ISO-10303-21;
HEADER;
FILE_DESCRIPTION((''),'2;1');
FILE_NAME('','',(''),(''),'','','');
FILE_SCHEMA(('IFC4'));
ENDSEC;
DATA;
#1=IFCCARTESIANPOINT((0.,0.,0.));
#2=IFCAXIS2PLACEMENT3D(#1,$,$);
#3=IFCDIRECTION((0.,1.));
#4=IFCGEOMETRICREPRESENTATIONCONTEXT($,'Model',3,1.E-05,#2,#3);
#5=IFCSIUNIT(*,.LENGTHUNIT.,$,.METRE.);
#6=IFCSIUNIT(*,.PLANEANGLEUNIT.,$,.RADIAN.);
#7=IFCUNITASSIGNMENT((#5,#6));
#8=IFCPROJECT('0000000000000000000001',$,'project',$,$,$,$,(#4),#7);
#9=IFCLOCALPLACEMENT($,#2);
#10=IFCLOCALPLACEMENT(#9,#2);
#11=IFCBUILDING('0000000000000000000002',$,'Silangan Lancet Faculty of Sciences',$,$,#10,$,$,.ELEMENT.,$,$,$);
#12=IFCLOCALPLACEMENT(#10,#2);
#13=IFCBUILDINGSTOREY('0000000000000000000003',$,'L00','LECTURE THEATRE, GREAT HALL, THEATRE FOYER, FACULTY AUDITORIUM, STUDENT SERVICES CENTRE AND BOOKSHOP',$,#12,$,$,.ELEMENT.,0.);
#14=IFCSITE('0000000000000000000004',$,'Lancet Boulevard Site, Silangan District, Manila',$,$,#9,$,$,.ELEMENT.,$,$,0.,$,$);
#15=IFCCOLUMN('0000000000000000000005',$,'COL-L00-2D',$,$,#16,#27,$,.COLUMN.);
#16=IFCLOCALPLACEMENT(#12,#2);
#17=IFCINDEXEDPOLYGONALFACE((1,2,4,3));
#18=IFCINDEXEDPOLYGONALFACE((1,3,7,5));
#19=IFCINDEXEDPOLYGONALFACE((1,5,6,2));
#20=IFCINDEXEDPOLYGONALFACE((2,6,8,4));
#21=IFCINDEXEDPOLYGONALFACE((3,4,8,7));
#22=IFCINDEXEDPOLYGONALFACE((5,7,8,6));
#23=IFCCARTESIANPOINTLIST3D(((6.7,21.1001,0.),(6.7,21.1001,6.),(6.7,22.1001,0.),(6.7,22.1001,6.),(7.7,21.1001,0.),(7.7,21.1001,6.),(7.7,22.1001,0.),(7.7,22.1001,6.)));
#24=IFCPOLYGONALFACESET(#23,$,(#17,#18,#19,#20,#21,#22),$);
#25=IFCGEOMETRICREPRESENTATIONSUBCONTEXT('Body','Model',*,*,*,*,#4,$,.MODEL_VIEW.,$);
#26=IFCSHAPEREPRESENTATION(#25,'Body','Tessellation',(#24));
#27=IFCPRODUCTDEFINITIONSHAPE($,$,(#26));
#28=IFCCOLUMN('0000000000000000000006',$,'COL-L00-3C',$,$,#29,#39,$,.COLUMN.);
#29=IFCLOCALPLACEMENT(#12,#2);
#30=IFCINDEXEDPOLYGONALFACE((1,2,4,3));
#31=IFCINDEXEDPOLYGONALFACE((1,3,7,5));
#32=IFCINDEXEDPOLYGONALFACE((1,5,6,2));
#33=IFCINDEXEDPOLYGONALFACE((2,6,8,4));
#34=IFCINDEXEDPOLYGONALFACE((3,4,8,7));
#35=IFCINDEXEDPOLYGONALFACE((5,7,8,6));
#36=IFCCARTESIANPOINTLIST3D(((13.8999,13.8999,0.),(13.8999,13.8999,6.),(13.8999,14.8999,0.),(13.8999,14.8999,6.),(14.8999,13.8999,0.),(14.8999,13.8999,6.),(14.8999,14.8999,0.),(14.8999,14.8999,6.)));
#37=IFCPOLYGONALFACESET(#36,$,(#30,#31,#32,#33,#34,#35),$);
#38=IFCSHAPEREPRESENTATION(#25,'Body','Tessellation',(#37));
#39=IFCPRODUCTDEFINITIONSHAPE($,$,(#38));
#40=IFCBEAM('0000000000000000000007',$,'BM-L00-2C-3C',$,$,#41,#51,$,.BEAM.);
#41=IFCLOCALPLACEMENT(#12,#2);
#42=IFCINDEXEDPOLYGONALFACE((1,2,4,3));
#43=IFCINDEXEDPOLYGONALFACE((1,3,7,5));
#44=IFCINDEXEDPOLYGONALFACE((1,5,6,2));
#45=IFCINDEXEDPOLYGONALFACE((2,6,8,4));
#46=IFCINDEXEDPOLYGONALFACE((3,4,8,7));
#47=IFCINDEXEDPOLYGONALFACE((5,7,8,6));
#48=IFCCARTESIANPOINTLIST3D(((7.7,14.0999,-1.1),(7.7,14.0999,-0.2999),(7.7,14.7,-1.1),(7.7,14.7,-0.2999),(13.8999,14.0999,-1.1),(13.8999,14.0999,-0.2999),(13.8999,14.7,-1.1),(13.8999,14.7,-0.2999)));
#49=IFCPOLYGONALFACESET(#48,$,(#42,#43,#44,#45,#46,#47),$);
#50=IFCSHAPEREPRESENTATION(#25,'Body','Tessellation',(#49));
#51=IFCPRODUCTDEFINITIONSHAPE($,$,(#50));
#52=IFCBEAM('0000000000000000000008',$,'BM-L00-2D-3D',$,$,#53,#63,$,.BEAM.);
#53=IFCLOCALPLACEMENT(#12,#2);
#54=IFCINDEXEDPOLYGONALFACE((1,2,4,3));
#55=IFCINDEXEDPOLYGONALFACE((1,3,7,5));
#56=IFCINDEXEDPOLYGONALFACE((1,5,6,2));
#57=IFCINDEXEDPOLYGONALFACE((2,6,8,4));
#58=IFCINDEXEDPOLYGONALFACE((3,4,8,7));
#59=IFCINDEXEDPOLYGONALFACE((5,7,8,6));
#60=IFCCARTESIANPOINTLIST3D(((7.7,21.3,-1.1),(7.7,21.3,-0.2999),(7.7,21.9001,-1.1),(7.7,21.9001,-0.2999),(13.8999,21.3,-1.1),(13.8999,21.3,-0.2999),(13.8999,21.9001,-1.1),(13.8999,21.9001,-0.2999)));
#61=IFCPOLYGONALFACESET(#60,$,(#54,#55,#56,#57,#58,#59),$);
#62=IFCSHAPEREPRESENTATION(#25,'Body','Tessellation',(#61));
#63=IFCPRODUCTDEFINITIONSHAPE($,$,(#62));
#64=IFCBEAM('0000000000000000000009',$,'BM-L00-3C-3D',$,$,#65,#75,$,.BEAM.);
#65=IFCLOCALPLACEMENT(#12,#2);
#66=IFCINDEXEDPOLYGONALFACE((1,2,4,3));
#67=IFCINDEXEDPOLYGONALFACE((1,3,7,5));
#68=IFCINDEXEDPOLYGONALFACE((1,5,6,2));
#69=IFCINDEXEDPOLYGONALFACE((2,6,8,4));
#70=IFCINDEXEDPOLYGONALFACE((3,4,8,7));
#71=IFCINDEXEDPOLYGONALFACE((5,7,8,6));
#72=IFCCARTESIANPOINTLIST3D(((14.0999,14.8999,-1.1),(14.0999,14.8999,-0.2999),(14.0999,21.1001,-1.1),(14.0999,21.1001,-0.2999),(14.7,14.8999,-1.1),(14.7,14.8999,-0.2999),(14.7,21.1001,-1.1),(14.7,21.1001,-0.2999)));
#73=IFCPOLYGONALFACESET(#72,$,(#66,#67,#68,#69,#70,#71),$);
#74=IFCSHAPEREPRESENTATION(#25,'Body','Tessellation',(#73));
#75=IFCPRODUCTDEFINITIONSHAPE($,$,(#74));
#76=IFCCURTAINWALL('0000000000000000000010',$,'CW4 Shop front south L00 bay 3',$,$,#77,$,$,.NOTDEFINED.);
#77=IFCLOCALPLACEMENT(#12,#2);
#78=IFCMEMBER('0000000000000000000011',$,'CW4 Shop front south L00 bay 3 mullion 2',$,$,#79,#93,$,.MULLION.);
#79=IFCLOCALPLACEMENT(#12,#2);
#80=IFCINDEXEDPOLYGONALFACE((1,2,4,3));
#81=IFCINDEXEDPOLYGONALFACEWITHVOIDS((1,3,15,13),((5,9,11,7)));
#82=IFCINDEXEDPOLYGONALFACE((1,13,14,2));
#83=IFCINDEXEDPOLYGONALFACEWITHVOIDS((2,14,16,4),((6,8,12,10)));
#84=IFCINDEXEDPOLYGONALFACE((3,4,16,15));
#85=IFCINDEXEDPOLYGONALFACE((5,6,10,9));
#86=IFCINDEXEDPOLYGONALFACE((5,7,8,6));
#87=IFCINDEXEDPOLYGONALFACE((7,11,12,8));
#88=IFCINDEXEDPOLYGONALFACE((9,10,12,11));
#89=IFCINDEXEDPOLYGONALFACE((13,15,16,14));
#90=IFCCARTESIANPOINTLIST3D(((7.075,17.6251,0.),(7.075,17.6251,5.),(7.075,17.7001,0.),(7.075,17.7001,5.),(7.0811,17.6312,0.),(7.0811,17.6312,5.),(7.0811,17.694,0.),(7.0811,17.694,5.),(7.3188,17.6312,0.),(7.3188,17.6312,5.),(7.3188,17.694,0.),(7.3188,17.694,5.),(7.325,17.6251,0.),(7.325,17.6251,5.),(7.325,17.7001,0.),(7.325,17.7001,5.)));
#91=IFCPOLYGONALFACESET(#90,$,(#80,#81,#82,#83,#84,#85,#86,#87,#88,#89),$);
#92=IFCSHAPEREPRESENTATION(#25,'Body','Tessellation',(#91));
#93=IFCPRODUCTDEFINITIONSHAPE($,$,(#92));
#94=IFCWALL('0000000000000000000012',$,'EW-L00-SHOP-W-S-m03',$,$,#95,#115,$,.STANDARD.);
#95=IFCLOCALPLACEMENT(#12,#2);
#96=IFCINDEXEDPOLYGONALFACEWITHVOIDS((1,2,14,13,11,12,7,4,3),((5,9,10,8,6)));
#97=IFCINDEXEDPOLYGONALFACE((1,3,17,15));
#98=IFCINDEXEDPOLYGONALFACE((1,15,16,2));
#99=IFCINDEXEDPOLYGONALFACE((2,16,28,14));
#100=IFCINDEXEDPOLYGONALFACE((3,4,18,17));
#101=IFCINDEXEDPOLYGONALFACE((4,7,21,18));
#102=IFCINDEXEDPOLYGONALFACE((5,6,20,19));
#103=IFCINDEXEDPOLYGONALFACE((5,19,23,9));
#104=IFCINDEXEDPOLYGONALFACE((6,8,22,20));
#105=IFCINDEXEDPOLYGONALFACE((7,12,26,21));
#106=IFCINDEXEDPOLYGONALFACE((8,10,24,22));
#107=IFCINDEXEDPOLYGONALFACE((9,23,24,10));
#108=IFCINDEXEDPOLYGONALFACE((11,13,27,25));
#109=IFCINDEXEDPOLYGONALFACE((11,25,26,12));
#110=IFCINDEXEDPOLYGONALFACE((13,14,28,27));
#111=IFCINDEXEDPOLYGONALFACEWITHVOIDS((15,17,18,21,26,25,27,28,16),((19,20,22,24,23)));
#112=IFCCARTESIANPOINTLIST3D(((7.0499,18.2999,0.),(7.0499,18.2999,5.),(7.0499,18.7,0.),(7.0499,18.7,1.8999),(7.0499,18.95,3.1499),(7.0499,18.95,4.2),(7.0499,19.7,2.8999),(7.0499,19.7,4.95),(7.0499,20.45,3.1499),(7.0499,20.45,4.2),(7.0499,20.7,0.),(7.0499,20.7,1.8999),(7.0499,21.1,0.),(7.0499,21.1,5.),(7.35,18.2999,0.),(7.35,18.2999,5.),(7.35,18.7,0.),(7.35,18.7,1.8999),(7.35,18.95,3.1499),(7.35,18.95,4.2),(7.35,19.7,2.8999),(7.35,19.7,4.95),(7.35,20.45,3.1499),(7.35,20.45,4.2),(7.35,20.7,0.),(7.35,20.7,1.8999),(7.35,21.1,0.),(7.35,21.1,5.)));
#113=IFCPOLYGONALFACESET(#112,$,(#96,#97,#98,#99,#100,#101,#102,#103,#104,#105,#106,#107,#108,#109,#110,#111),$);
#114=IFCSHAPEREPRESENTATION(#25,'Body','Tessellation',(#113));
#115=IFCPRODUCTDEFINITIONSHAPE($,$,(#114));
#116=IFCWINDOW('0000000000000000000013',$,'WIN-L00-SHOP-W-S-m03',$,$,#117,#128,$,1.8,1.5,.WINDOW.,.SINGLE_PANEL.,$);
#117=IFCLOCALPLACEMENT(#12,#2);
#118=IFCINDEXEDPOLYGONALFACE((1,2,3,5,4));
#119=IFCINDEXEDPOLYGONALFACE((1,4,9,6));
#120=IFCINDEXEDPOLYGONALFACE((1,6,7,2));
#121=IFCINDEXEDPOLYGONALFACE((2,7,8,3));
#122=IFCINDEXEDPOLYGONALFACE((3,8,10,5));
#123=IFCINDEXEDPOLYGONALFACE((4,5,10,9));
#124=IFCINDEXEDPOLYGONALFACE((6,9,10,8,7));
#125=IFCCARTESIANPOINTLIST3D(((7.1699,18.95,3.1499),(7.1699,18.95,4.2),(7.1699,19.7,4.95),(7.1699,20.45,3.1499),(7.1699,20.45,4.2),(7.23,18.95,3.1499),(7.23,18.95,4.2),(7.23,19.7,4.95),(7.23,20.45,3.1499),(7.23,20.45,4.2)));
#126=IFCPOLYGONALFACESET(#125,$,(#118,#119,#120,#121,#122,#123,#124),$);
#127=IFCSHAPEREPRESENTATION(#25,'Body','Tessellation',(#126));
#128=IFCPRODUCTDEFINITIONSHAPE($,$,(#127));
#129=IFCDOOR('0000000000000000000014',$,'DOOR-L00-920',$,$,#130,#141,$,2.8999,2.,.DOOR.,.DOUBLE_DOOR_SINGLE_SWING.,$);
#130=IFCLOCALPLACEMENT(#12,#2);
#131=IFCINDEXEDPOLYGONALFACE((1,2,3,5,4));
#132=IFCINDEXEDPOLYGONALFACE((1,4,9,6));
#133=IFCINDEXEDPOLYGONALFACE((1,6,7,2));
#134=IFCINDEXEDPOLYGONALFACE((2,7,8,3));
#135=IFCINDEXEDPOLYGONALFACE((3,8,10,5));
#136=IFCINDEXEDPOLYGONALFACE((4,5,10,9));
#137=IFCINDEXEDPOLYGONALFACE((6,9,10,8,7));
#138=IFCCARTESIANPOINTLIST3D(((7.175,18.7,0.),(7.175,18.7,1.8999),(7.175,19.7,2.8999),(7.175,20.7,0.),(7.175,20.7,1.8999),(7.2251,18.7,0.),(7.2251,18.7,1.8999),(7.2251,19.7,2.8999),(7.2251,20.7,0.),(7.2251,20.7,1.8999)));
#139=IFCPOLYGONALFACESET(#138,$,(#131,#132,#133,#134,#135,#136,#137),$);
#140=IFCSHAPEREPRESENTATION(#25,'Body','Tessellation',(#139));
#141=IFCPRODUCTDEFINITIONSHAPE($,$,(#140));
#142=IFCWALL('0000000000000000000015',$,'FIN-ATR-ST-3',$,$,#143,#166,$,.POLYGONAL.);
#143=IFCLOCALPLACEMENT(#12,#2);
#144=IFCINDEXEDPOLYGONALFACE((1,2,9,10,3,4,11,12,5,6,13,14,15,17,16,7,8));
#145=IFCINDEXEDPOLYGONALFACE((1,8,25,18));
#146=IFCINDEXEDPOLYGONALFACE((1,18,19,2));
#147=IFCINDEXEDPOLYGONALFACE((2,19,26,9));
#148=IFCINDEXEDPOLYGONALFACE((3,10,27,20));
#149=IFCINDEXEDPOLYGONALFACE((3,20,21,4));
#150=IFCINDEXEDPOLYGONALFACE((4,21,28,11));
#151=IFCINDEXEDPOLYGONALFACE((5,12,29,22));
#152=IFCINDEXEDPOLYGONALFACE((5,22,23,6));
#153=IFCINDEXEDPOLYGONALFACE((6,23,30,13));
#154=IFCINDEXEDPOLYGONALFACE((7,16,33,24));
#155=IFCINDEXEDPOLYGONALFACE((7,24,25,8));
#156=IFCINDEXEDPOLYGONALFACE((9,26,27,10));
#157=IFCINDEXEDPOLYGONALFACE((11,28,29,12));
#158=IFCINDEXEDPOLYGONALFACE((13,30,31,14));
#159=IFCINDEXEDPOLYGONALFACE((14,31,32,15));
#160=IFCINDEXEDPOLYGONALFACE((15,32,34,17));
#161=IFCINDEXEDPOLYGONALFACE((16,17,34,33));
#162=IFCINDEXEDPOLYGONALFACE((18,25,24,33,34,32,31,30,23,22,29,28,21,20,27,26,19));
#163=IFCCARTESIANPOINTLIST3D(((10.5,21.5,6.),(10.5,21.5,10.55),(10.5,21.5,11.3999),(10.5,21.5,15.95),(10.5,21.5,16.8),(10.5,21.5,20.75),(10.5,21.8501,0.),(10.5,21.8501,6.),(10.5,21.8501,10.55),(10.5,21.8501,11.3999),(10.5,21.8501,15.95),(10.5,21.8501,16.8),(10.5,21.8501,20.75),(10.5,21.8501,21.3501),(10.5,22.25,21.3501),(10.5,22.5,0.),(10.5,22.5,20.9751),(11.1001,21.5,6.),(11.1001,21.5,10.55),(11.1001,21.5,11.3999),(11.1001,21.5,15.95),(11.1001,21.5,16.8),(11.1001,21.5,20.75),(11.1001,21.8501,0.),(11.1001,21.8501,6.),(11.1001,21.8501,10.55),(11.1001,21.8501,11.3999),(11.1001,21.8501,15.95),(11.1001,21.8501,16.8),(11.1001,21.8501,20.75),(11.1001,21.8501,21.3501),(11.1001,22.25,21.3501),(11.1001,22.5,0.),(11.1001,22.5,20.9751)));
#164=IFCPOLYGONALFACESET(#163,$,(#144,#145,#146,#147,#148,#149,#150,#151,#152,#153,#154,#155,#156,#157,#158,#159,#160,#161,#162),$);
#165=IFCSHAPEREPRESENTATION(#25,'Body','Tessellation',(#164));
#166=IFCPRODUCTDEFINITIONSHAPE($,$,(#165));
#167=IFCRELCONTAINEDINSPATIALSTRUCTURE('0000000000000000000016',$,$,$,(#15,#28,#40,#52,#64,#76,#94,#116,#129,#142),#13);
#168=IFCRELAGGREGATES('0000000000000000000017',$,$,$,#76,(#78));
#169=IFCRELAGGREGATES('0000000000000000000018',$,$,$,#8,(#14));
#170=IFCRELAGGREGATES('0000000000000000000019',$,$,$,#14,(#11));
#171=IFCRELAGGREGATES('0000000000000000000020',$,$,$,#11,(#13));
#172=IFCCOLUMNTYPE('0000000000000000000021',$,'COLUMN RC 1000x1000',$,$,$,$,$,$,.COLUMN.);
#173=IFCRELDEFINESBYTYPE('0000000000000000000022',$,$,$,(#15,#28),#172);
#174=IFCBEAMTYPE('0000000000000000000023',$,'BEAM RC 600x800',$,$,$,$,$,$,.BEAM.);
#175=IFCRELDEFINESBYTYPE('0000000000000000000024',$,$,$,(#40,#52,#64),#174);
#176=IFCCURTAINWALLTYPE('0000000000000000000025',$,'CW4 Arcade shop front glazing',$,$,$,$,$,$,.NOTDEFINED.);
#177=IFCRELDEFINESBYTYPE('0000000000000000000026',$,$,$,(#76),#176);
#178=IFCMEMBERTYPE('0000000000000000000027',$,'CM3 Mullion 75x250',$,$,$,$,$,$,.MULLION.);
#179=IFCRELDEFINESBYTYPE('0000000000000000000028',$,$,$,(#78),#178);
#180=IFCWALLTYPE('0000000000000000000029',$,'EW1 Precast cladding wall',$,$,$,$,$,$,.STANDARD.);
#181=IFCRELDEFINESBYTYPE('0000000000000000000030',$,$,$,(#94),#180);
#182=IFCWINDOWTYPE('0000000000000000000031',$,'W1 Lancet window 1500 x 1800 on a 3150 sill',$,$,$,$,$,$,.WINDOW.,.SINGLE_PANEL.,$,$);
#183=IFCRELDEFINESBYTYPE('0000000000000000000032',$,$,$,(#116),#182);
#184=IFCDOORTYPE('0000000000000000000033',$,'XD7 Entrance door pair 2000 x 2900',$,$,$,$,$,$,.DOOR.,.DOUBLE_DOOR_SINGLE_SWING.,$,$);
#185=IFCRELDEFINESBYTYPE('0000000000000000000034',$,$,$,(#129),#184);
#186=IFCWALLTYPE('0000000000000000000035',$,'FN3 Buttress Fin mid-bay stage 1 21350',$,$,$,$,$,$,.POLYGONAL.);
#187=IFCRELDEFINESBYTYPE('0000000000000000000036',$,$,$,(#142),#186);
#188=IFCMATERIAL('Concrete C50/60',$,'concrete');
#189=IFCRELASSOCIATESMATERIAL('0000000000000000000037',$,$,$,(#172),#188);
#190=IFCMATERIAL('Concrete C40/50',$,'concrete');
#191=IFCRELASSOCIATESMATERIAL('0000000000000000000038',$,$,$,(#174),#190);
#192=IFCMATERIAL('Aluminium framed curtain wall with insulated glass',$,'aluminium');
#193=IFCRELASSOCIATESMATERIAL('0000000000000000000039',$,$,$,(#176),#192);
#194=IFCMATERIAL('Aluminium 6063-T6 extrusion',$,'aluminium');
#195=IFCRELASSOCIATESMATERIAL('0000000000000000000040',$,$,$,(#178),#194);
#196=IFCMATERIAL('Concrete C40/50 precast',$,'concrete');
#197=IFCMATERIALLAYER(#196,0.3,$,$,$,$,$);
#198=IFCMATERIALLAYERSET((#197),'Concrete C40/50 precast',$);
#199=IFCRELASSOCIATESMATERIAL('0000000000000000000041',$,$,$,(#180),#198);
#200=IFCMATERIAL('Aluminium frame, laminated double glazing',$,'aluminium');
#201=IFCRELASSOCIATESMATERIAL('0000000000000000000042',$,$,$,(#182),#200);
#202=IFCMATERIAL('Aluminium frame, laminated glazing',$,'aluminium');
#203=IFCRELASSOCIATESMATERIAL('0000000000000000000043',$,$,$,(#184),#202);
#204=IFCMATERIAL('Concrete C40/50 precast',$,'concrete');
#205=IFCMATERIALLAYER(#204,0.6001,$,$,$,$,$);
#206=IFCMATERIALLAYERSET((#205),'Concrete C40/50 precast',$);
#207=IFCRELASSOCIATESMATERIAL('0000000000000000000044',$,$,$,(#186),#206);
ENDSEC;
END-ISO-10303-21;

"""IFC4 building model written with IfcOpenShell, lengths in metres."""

from ifc_helpers import new_model, si_unit, direction, frame, frame_2d, origin, origin_2d, place, context, subcontext, project, spatial, polyline, rectangle, hollow_rectangle, outline, extrude, material, layer, layer_set, material_profile, profile_set, type_object, element, fill, aggregate, save


model = new_model("IFC4")

# Units and contexts
model_context = context("Model", 3, precision=1e-05, world=origin(), true_north=direction((0.0, 1.0)))
body_context = subcontext(model_context, "Body", "Model", "MODEL_VIEW")
ifc_project = project(units=[si_unit("LENGTHUNIT", "METRE"), si_unit("PLANEANGLEUNIT", "RADIAN")], contexts=[model_context])

# Site, building, storey
site_placement = place(None, origin())
site = spatial("IfcSite", under=ifc_project, at=site_placement, Name="Lancet Boulevard Site, Silangan District, Manila", CompositionType="ELEMENT", RefElevation=0.0)
building_placement = place(site_placement, origin())
building = spatial("IfcBuilding", under=site, at=building_placement, Name="Silangan Lancet Faculty of Sciences", CompositionType="ELEMENT")
storey_placement = place(building_placement, origin())
storey = spatial("IfcBuildingStorey", under=building, at=storey_placement, Name="L00", Description="LECTURE THEATRE, GREAT HALL, THEATRE FOYER, FACULTY AUDITORIUM, STUDENT SERVICES CENTRE AND BOOKSHOP", CompositionType="ELEMENT", Elevation=0.0)

# Columns
ifc_material_1 = material(Name="Concrete C50/60", Category="concrete")
ifc_material_profile_1 = material_profile(ifc_material_1, rectangle(XDim=1.0, YDim=1.0, at=origin_2d()), Name="RC 1000x1000")
ifc_profile_set_1 = profile_set([ifc_material_profile_1], Name="Concrete C50/60")
column_type = type_object("IfcColumnType", Name="COLUMN RC 1000x1000", PredefinedType="COLUMN", material=ifc_profile_set_1)
for number, where, z_axis, x_axis, name in (
    (1, (7.2, 21.6001, 0.0), (0.0, 0.0, 1.0), (1.0, 0.0, 0.0), "COL-L00-2D"),
    (2, (14.3999, 14.3999, 0.0), (0.0, 0.0, 1.0), (1.0, 0.0, 0.0), "COL-L00-3C"),
):
    element("IfcColumn", number, at=place(storey_placement, frame(where, z_axis=z_axis, x_axis=x_axis)), inside=storey, type_object=column_type, Name=name, PredefinedType="COLUMN", context=body_context, shape_type="SweptSolid", body=[
        extrude(rectangle(XDim=1.0, YDim=1.0, at=origin_2d()), origin(), (0.0, 0.0, 1.0), 6.0),
    ])

# Beams
ifc_material_2 = material(Name="Concrete C40/50", Category="concrete")
ifc_material_profile_2 = material_profile(ifc_material_2, rectangle(XDim=0.6001, YDim=0.8, at=origin_2d()), Name="RC 600x800")
ifc_profile_set_2 = profile_set([ifc_material_profile_2], Name="Concrete C40/50")
beam_type = type_object("IfcBeamType", Name="BEAM RC 600x800", PredefinedType="BEAM", material=ifc_profile_set_2)
for number, where, z_axis, x_axis, name in (
    (3, (7.7, 14.3999, -0.7), (1.0, 0.0, 0.0), (0.0, 1.0, 0.0), "BM-L00-2C-3C"),
    (4, (7.7, 21.6001, -0.7), (1.0, 0.0, 0.0), (0.0, 1.0, 0.0), "BM-L00-2D-3D"),
):
    element("IfcBeam", number, at=place(storey_placement, frame(where, z_axis=z_axis, x_axis=x_axis)), inside=storey, type_object=beam_type, Name=name, PredefinedType="BEAM", context=body_context, shape_type="SweptSolid", body=[
        extrude(rectangle(XDim=0.6001, YDim=0.8, at=origin_2d()), origin(), (0.0, 0.0, 1.0), 6.2),
    ])
beam_placement = place(storey_placement, frame((14.3999, 14.8999, -0.7), z_axis=(0.0, 1.0, 0.0), x_axis=(-1.0, 0.0, 0.0)))
element("IfcBeam", 5, at=beam_placement, inside=storey, type_object=beam_type, Name="BM-L00-3C-3D", PredefinedType="BEAM", context=body_context, shape_type="SweptSolid", body=[
    extrude(rectangle(XDim=0.6001, YDim=0.8, at=origin_2d()), origin(), (0.0, 0.0, 1.0), 6.2002),
])

# Curtain wall, member
ifc_material_3 = material(Name="Aluminium framed curtain wall with insulated glass", Category="aluminium")
curtain_wall_type = type_object("IfcCurtainWallType", Name="CW4 Arcade shop front glazing", PredefinedType="NOTDEFINED", material=ifc_material_3)
curtain_wall_placement = place(storey_placement, origin())
curtain_wall = element("IfcCurtainWall", 6, at=curtain_wall_placement, inside=storey, type_object=curtain_wall_type, Name="CW4 Shop front south L00 bay 3", PredefinedType="NOTDEFINED")
ifc_material_4 = material(Name="Aluminium 6063-T6 extrusion", Category="aluminium")
ifc_material_profile_3 = material_profile(ifc_material_4, hollow_rectangle(XDim=0.075, YDim=0.25, WallThickness=0.0061, at=origin_2d()), Name="AL BOX 75x250x6")
ifc_profile_set_3 = profile_set([ifc_material_profile_3], Name="Aluminium 6063-T6 extrusion")
member_type = type_object("IfcMemberType", Name="CM3 Mullion 75x250", PredefinedType="MULLION", material=ifc_profile_set_3)
member_placement = place(storey_placement, frame((7.2, 17.6626, 0.0), z_axis=(0.0, 0.0, 1.0), x_axis=(0.0, 1.0, 0.0)))
member = element("IfcMember", 7, at=member_placement, type_object=member_type, Name="CW4 Shop front south L00 bay 3 mullion 2", PredefinedType="MULLION", context=body_context, shape_type="SweptSolid", body=[
    extrude(hollow_rectangle(XDim=0.075, YDim=0.25, WallThickness=0.0061, at=origin_2d()), origin(), (0.0, 0.0, 1.0), 5.0),
])
aggregate(curtain_wall, [member])

# Wall, openings, window, door
ifc_material_5 = material(Name="Concrete C40/50 precast", Category="concrete")
ifc_layer_1 = layer(ifc_material_5, 0.3)
ifc_layer_set_1 = layer_set([ifc_layer_1], Name="Concrete C40/50 precast")
wall_type_1 = type_object("IfcWallType", Name="EW1 Precast cladding wall", PredefinedType="STANDARD", material=ifc_layer_set_1)
wall_1_placement = place(storey_placement, frame((7.2, 18.3, 0.0), z_axis=(0.0, 0.0, 1.0), x_axis=(0.0, 1.0, 0.0)))
wall_1 = element("IfcWall", 8, at=wall_1_placement, inside=storey, type_object=wall_type_1, Name="EW-L00-SHOP-W-S-m03", PredefinedType="STANDARD", context=body_context, shape_type="SweptSolid", body=[
    extrude(rectangle(XDim=2.8, YDim=0.3, at=frame_2d((1.3999, 0.0))), origin(), (0.0, 0.0, 1.0), 5.0),
])
opening_1_placement = place(wall_1_placement, frame((0.3999, 0.0, 0.0)))
opening_1 = element("IfcOpeningElement", 9, at=opening_1_placement, cuts=wall_1, PredefinedType="OPENING", context=body_context, shape_type="SweptSolid", body=[
    extrude(outline(polyline([(0.0, 0.0), (2.0, 0.0), (2.0, 1.8999), (1.0, 2.8999), (0.0, 1.8999), (0.0, 0.0)])), frame((0.0, 0.1599, 0.0), z_axis=(0.0, -1.0, 0.0), x_axis=(1.0, 0.0, 0.0)), (0.0, 0.0, 1.0), 0.3201),
])
opening_2_placement = place(wall_1_placement, frame((0.6499, 0.0, 3.1499)))
opening_2 = element("IfcOpeningElement", 10, at=opening_2_placement, cuts=wall_1, PredefinedType="OPENING", context=body_context, shape_type="SweptSolid", body=[
    extrude(outline(polyline([(0.0, 0.0), (1.5, 0.0), (1.5, 1.05), (0.75, 1.8), (0.0, 1.05), (0.0, 0.0)])), frame((0.0, 0.1599, 0.0), z_axis=(0.0, -1.0, 0.0), x_axis=(1.0, 0.0, 0.0)), (0.0, 0.0, 1.0), 0.3201),
])
ifc_material_6 = material(Name="Aluminium frame, laminated double glazing", Category="aluminium")
window_type = type_object("IfcWindowType", Name="W1 Lancet window 1500 x 1800 on a 3150 sill", PartitioningType="SINGLE_PANEL", PredefinedType="WINDOW", material=ifc_material_6)
window_placement = place(opening_2_placement, origin())
window = element("IfcWindow", 11, at=window_placement, inside=storey, type_object=window_type, Name="WIN-L00-SHOP-W-S-m03", OverallHeight=1.8, OverallWidth=1.5, PartitioningType="SINGLE_PANEL", PredefinedType="WINDOW", context=body_context, shape_type="SweptSolid", body=[
    extrude(outline(polyline([(0.0, 0.0), (1.5, 0.0), (1.5, 1.05), (0.75, 1.8), (0.0, 1.05), (0.0, 0.0)])), frame((0.0, 0.03, 0.0), z_axis=(0.0, -1.0, 0.0), x_axis=(1.0, 0.0, 0.0)), (0.0, 0.0, 1.0), 0.0601),
])
fill(opening_2, window)
ifc_material_7 = material(Name="Aluminium frame, laminated glazing", Category="aluminium")
door_type_1 = type_object("IfcDoorType", Name="XD7 Entrance door pair 2000 x 2900", OperationType="DOUBLE_DOOR_SINGLE_SWING", PredefinedType="DOOR", material=ifc_material_7)
door_1_placement = place(opening_1_placement, origin())
door_1 = element("IfcDoor", 12, at=door_1_placement, inside=storey, type_object=door_type_1, Name="DOOR-L00-920", OperationType="DOUBLE_DOOR_SINGLE_SWING", OverallHeight=2.8999, OverallWidth=2.0, PredefinedType="DOOR", context=body_context, shape_type="SweptSolid", body=[
    extrude(outline(polyline([(0.0, 0.0), (2.0, 0.0), (2.0, 1.8999), (1.0, 2.8999), (0.0, 1.8999), (0.0, 0.0)])), frame((0.0, 0.0249, 0.0), z_axis=(0.0, -1.0, 0.0), x_axis=(1.0, 0.0, 0.0)), (0.0, 0.0, 1.0), 0.05),
])
fill(opening_1, door_1)

# Wall
ifc_material_8 = material(Name="Concrete C40/50 precast", Category="concrete")
ifc_layer_2 = layer(ifc_material_8, 0.6001)
ifc_layer_set_2 = layer_set([ifc_layer_2], Name="Concrete C40/50 precast")
wall_type_2 = type_object("IfcWallType", Name="FN3 Buttress Fin mid-bay stage 1 21350", PredefinedType="POLYGONAL", material=ifc_layer_set_2)
wall_2_placement = place(storey_placement, frame((10.8, 21.5, 0.0), z_axis=(0.0, 0.0, 1.0), x_axis=(0.0, 1.0, 0.0)))
element("IfcWall", 13, at=wall_2_placement, inside=storey, type_object=wall_type_2, Name="FIN-ATR-ST-3", PredefinedType="POLYGONAL", context=body_context, shape_type="SweptSolid", body=[
    extrude(outline(polyline([(1.0, 0.0), (1.0, 20.9751), (0.75, 21.3501), (0.3501, 21.3501), (0.3501, 20.75), (0.0, 20.75), (0.0, 16.8), (0.3501, 16.8), (0.3501, 15.95), (0.0, 15.95), (0.0, 11.3999), (0.3501, 11.3999), (0.3501, 10.55), (0.0, 10.55), (0.0, 6.0), (0.3501, 6.0), (0.3501, 0.0), (1.0, 0.0)])), frame((0.0, 0.3, 0.0), z_axis=(0.0, -1.0, 0.0), x_axis=(1.0, 0.0, 0.0)), (0.0, 0.0, 1.0), 0.6001),
])

save(model, "model.ifc")
